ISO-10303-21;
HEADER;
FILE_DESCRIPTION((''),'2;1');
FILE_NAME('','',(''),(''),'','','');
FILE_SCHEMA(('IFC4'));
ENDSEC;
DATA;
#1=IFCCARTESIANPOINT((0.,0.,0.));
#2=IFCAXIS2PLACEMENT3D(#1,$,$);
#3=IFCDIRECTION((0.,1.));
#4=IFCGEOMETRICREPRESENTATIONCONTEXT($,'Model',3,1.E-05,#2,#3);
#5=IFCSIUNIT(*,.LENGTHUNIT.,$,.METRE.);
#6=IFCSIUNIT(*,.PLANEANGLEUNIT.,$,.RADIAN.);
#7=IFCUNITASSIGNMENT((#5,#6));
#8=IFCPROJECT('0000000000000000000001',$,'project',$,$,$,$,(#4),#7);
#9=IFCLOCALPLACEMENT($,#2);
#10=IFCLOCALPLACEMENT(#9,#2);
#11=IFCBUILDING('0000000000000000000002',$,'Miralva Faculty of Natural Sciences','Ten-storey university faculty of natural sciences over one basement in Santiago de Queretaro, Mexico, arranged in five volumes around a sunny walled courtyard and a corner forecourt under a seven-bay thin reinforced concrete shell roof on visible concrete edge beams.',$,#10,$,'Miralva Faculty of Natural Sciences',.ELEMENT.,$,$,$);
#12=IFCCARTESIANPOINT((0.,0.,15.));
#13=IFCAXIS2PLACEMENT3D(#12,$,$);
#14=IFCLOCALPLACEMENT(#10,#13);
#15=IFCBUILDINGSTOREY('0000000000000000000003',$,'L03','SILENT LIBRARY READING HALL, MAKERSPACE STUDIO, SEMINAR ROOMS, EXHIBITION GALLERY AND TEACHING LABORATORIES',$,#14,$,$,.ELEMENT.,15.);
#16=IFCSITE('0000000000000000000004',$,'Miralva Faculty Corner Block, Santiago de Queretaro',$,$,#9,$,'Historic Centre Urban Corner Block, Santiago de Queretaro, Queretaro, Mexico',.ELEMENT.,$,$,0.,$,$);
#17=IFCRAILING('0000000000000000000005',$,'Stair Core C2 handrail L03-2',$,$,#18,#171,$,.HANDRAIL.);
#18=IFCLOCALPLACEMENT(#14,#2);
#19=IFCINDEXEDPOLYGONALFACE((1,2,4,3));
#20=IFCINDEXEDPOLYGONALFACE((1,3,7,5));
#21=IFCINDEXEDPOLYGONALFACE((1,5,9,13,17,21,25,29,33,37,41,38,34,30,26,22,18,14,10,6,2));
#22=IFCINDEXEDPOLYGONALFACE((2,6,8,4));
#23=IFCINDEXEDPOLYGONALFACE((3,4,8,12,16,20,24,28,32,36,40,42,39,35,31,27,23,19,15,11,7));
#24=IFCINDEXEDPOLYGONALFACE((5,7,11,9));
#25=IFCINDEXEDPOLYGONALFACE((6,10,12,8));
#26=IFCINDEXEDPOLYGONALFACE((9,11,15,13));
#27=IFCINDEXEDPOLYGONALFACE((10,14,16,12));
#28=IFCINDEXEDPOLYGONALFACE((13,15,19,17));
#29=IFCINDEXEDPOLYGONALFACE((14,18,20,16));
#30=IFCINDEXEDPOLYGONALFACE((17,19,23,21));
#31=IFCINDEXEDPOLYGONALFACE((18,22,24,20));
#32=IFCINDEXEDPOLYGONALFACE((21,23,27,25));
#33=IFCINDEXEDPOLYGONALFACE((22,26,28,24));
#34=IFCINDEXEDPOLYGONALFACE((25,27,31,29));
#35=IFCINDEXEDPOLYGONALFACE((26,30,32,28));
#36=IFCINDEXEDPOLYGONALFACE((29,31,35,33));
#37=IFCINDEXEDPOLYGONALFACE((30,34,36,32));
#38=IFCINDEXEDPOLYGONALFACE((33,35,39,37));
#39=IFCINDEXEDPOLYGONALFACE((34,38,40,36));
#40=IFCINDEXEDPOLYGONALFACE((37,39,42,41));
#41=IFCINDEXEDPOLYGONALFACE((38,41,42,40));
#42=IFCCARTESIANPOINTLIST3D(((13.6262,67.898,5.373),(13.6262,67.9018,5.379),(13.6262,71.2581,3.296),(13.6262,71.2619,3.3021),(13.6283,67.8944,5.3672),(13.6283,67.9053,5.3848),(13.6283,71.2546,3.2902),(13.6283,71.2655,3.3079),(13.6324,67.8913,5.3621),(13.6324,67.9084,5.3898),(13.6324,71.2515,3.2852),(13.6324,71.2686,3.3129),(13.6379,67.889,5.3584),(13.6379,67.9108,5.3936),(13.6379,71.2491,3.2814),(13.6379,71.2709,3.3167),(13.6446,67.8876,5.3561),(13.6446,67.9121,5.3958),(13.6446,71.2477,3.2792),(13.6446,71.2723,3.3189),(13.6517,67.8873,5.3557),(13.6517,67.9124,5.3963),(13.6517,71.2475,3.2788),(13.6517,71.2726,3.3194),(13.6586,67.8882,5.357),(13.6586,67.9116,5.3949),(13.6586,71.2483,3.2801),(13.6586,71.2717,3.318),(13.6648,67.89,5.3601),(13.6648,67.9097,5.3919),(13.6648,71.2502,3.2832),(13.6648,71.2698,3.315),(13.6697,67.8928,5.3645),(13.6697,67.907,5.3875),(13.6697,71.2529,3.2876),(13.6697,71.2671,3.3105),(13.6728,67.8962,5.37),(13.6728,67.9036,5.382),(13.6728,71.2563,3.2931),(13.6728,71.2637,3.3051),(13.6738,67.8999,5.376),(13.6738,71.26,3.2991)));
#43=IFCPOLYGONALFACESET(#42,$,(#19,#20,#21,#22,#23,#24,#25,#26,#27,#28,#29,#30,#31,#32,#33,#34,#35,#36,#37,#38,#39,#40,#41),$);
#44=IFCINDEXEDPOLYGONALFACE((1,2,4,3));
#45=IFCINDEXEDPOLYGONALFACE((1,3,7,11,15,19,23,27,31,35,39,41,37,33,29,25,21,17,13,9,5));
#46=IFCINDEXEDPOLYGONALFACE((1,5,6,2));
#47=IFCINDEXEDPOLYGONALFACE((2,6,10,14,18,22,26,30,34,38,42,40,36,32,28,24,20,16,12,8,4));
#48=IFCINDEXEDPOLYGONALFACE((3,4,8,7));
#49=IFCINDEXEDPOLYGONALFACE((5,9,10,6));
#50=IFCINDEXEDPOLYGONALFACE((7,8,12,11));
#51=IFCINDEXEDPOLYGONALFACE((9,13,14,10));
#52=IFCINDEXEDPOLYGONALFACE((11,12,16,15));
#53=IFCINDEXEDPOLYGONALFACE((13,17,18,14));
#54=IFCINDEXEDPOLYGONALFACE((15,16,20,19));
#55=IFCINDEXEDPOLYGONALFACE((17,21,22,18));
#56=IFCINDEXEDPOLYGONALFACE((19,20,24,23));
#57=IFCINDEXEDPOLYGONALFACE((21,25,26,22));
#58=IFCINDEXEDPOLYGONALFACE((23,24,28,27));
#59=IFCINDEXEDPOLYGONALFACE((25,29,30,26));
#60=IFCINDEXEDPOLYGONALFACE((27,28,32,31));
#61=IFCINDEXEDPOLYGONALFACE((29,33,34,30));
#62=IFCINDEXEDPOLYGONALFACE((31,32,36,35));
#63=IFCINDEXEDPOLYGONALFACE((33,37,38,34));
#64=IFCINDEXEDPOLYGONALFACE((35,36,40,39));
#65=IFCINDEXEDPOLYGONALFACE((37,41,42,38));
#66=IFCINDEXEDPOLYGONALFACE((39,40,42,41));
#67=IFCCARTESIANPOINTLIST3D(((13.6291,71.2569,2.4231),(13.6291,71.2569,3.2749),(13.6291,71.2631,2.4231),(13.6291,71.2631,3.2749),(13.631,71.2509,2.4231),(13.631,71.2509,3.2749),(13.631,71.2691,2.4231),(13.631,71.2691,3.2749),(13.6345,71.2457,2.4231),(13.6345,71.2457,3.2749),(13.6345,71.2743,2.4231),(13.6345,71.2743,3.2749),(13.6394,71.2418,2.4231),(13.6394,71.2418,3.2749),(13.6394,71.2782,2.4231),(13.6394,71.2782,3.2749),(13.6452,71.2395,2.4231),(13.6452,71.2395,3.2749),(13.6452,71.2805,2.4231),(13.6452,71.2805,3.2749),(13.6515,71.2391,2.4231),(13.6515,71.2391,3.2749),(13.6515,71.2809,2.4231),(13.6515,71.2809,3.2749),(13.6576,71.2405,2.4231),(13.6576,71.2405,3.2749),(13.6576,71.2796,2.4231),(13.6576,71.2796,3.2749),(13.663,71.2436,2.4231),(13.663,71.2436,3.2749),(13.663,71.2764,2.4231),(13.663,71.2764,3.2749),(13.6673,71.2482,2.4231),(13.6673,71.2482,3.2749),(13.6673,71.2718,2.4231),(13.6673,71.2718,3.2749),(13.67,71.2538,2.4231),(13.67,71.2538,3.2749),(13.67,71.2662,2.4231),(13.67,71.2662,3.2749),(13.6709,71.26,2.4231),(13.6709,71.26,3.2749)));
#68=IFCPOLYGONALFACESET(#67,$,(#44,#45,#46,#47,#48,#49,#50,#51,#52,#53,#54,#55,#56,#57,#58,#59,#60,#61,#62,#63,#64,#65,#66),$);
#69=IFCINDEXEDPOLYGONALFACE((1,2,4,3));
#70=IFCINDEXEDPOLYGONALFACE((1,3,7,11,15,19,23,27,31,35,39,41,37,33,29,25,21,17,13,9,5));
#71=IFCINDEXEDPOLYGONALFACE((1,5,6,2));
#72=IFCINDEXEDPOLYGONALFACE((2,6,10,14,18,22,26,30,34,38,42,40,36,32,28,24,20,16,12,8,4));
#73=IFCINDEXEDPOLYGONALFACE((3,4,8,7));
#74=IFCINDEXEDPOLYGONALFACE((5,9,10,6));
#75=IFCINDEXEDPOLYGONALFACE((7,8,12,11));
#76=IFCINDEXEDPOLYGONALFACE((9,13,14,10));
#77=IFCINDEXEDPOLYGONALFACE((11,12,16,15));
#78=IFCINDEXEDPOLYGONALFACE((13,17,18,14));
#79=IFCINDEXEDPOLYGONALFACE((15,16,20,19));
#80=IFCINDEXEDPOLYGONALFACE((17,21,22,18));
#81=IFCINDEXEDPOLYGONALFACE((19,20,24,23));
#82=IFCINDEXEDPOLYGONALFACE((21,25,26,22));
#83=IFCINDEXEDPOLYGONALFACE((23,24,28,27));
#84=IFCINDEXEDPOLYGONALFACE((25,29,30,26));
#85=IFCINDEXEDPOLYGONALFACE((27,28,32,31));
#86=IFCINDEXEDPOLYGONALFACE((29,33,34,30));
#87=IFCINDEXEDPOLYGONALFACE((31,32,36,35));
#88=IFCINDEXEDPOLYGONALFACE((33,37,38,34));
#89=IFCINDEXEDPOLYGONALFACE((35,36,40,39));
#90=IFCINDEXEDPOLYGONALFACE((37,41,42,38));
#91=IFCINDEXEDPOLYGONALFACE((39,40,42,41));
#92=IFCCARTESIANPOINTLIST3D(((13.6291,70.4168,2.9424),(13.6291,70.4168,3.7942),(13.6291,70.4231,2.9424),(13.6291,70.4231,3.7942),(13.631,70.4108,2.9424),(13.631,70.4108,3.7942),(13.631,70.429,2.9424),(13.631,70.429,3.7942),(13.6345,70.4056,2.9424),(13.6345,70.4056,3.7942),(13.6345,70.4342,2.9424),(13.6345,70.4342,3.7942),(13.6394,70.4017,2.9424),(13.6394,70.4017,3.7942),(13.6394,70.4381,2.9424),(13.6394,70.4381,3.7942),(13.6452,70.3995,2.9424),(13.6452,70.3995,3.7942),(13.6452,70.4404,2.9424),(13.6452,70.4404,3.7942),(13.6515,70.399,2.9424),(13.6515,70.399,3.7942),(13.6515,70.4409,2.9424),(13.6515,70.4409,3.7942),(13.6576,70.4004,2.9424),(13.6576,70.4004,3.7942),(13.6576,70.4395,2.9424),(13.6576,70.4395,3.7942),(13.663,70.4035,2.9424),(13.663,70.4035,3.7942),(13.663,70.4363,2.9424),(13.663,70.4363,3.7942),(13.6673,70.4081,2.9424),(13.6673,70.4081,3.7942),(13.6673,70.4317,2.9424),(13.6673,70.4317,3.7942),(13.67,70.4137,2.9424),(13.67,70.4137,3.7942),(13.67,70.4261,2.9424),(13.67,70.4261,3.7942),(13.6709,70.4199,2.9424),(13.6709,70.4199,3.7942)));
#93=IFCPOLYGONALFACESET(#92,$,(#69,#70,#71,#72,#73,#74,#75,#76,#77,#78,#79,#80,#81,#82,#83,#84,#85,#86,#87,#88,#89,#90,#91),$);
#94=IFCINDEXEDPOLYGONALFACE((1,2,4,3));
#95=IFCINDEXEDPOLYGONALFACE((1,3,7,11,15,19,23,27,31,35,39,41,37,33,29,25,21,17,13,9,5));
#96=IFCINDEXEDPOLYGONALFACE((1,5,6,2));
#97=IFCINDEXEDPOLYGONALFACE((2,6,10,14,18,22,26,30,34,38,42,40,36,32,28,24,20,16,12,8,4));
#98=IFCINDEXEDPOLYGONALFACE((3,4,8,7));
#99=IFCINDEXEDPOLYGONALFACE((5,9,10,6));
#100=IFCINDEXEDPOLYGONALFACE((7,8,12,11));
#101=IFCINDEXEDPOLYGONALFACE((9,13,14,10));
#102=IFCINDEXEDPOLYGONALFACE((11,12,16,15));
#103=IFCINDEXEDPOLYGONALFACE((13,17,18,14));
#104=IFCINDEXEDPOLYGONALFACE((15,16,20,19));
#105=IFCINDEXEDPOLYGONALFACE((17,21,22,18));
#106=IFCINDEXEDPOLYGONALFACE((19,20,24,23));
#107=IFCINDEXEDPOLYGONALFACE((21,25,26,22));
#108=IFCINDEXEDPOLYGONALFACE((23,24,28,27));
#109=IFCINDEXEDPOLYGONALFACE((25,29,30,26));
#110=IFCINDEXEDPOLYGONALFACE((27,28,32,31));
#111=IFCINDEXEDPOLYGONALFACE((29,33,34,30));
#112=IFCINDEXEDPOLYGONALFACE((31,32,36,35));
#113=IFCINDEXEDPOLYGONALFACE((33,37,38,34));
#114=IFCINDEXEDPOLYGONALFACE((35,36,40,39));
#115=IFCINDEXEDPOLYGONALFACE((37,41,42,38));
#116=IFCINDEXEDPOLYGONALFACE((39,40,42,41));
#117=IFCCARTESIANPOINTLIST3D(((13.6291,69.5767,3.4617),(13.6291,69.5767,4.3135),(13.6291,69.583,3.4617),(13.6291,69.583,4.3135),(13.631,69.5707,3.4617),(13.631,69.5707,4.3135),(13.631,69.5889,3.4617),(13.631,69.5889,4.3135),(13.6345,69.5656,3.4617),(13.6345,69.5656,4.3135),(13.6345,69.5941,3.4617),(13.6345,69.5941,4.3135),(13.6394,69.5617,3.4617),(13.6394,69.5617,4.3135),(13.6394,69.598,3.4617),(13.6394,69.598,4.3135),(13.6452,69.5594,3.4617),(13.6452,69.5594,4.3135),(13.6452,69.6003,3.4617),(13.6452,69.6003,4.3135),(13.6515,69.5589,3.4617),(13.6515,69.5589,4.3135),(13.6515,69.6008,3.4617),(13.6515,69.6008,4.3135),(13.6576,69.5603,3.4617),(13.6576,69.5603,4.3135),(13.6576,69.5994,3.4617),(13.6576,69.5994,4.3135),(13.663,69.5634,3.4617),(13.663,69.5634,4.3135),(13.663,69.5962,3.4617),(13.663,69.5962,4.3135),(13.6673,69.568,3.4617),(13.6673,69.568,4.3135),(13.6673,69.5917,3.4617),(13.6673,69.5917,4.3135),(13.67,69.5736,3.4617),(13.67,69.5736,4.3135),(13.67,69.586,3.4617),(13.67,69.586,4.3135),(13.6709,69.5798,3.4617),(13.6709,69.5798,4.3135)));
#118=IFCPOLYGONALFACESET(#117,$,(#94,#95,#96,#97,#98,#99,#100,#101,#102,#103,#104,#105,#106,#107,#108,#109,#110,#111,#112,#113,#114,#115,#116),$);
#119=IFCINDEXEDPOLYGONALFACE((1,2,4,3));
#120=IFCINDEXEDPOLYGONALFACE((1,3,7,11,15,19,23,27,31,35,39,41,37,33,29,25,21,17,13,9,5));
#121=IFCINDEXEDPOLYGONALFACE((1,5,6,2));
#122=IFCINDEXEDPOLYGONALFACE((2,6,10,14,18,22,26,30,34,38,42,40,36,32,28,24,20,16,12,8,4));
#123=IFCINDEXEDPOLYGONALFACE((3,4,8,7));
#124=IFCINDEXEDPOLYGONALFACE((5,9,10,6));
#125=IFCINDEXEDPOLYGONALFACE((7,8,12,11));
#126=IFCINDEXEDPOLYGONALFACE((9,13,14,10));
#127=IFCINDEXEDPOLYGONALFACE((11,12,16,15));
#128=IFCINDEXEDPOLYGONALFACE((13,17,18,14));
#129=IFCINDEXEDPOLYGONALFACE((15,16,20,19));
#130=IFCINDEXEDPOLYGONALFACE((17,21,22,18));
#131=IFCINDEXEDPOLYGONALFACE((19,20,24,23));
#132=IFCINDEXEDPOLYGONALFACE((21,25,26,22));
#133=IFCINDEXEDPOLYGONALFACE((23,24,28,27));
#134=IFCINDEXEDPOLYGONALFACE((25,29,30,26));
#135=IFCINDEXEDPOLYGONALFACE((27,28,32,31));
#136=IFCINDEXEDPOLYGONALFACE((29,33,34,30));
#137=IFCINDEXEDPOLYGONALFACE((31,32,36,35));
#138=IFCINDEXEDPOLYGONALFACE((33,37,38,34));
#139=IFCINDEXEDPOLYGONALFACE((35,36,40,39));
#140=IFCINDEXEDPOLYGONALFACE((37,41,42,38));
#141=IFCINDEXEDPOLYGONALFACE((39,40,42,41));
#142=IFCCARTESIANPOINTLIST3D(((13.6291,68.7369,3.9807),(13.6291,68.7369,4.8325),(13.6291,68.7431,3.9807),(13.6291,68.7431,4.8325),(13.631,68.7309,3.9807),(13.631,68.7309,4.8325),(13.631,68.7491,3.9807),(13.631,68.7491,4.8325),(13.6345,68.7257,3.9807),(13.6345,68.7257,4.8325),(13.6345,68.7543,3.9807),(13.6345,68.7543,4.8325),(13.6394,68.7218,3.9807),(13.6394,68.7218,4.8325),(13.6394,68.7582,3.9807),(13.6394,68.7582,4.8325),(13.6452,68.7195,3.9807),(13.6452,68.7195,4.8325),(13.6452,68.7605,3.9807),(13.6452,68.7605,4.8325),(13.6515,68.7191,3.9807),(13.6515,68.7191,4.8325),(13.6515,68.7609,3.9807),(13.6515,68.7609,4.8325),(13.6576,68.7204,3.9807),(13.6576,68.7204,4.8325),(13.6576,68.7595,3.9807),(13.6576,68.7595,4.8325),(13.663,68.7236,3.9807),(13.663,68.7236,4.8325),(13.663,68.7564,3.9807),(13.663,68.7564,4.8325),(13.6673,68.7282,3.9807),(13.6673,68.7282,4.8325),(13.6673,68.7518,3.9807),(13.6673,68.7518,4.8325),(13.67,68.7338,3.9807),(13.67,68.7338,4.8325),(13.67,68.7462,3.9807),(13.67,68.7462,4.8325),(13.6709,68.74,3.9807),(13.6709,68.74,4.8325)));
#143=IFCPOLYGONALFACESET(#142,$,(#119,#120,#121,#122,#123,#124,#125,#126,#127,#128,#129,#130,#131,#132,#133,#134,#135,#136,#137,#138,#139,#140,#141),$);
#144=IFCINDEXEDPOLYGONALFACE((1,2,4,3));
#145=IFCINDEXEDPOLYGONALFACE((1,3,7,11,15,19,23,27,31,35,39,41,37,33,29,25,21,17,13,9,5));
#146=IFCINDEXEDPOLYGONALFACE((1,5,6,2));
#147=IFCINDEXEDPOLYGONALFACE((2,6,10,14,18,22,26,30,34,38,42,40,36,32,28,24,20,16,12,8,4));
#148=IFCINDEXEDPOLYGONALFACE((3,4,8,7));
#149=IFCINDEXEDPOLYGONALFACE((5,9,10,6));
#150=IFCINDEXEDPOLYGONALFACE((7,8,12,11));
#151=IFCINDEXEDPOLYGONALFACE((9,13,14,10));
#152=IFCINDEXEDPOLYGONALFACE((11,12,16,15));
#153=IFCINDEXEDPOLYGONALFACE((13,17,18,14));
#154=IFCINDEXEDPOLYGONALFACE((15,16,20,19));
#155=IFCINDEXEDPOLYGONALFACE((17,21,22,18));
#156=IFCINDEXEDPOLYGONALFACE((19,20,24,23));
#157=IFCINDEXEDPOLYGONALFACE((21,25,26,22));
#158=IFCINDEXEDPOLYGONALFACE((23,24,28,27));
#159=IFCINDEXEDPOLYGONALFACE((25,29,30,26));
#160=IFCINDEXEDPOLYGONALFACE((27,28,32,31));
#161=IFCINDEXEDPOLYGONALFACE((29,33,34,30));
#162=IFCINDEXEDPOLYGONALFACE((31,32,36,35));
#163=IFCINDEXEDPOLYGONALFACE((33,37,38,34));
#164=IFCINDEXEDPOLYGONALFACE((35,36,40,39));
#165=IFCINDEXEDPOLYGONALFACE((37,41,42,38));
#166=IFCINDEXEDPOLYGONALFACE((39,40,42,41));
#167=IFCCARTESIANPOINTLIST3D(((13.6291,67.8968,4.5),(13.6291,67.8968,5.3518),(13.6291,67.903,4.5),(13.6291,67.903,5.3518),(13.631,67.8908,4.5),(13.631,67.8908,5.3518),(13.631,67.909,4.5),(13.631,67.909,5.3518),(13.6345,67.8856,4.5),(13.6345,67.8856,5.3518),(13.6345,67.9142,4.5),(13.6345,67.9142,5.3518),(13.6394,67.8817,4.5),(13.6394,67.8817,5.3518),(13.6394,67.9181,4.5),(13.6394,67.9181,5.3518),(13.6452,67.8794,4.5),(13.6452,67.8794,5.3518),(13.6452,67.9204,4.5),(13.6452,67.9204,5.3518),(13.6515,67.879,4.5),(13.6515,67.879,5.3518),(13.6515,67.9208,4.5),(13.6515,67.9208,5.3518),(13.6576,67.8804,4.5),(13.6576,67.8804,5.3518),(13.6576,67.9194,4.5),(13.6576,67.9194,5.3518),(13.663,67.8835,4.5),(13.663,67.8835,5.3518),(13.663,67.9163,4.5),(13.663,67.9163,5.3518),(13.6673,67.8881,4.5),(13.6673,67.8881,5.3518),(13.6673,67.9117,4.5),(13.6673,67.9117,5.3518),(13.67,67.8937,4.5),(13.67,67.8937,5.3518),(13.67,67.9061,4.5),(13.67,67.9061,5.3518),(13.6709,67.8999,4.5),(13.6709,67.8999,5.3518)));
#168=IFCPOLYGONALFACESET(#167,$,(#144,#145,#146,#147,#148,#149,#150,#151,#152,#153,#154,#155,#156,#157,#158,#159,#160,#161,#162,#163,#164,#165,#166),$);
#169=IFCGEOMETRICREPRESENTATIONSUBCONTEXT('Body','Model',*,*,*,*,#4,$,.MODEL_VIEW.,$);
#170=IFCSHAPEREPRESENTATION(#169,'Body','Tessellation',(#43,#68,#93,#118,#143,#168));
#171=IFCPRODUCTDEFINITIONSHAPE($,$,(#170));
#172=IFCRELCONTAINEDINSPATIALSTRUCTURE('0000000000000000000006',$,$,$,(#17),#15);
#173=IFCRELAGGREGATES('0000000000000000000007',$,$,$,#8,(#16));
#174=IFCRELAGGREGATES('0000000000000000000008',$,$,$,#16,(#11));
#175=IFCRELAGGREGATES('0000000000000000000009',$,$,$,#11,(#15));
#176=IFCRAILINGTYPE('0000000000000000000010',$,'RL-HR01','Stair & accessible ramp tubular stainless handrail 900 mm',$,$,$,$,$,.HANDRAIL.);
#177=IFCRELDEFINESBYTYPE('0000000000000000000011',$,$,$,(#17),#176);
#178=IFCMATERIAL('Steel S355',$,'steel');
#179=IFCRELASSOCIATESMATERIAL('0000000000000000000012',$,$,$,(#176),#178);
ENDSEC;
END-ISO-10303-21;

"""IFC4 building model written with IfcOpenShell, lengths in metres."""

from ifc_helpers import new_model, si_unit, direction, frame, origin, origin_2d, place, context, subcontext, project, spatial, circle, extrude, material, type_object, element, save


model = new_model("IFC4")

# Units and contexts
model_context = context("Model", 3, precision=1e-05, world=origin(), true_north=direction((0.0, 1.0)))
body_context = subcontext(model_context, "Body", "Model", "MODEL_VIEW")
ifc_project = project(units=[si_unit("LENGTHUNIT", "METRE"), si_unit("PLANEANGLEUNIT", "RADIAN")], contexts=[model_context])

# Site, building, storey
site_placement = place(None, origin())
site = spatial("IfcSite", under=ifc_project, at=site_placement, Name="Miralva Faculty Corner Block, Santiago de Queretaro", LongName="Historic Centre Urban Corner Block, Santiago de Queretaro, Queretaro, Mexico", CompositionType="ELEMENT", RefElevation=0.0)
building_placement = place(site_placement, origin())
building = spatial("IfcBuilding", under=site, at=building_placement, Name="Miralva Faculty of Natural Sciences", Description="Ten-storey university faculty of natural sciences over one basement in Santiago de Queretaro, Mexico, arranged in five volumes around a sunny walled courtyard and a corner forecourt under a seven-bay thin reinforced concrete shell roof on visible concrete edge beams.", LongName="Miralva Faculty of Natural Sciences", CompositionType="ELEMENT")
storey_placement = place(building_placement, frame((0.0, 0.0, 15.0)))
storey = spatial("IfcBuildingStorey", under=building, at=storey_placement, Name="L03", Description="SILENT LIBRARY READING HALL, MAKERSPACE STUDIO, SEMINAR ROOMS, EXHIBITION GALLERY AND TEACHING LABORATORIES", CompositionType="ELEMENT", Elevation=15.0)

# Railing
ifc_material_1 = material(Name="Steel S355", Category="steel")
railing_type_1 = type_object("IfcRailingType", Name="RL-HR01", Description="Stair & accessible ramp tubular stainless handrail 900 mm", PredefinedType="HANDRAIL", material=ifc_material_1)
railing_1_placement = place(storey_placement, frame((13.6499, 71.26, 2.4231)))
element("IfcRailing", 1, at=railing_1_placement, inside=storey, type_object=railing_type_1, Name="Stair Core C2 handrail L03-2", PredefinedType="HANDRAIL", context=body_context, shape_type="SweptSolid", body=[
    extrude(circle(Radius=0.0239, at=origin_2d()), frame((0.0, 0.0, 0.876), z_axis=(0.0, -0.850623, 0.525776), x_axis=(1.0, 0.0, 0.0)), (0.0, 0.0, 1.0), 3.9502),
    extrude(circle(Radius=0.021, at=origin_2d()), origin(), (0.0, 0.0, 1.0), 0.8518),
    extrude(circle(Radius=0.021, at=origin_2d()), frame((0.0, -0.8401, 0.5193)), (0.0, 0.0, 1.0), 0.8518),
    extrude(circle(Radius=0.021, at=origin_2d()), frame((0.0, -1.6802, 1.0386)), (0.0, 0.0, 1.0), 0.8518),
    extrude(circle(Radius=0.021, at=origin_2d()), frame((0.0, -2.52, 1.5576)), (0.0, 0.0, 1.0), 0.8518),
    extrude(circle(Radius=0.021, at=origin_2d()), frame((0.0, -3.3601, 2.0769)), (0.0, 0.0, 1.0), 0.8518),
])

save(model, "model.ifc")
